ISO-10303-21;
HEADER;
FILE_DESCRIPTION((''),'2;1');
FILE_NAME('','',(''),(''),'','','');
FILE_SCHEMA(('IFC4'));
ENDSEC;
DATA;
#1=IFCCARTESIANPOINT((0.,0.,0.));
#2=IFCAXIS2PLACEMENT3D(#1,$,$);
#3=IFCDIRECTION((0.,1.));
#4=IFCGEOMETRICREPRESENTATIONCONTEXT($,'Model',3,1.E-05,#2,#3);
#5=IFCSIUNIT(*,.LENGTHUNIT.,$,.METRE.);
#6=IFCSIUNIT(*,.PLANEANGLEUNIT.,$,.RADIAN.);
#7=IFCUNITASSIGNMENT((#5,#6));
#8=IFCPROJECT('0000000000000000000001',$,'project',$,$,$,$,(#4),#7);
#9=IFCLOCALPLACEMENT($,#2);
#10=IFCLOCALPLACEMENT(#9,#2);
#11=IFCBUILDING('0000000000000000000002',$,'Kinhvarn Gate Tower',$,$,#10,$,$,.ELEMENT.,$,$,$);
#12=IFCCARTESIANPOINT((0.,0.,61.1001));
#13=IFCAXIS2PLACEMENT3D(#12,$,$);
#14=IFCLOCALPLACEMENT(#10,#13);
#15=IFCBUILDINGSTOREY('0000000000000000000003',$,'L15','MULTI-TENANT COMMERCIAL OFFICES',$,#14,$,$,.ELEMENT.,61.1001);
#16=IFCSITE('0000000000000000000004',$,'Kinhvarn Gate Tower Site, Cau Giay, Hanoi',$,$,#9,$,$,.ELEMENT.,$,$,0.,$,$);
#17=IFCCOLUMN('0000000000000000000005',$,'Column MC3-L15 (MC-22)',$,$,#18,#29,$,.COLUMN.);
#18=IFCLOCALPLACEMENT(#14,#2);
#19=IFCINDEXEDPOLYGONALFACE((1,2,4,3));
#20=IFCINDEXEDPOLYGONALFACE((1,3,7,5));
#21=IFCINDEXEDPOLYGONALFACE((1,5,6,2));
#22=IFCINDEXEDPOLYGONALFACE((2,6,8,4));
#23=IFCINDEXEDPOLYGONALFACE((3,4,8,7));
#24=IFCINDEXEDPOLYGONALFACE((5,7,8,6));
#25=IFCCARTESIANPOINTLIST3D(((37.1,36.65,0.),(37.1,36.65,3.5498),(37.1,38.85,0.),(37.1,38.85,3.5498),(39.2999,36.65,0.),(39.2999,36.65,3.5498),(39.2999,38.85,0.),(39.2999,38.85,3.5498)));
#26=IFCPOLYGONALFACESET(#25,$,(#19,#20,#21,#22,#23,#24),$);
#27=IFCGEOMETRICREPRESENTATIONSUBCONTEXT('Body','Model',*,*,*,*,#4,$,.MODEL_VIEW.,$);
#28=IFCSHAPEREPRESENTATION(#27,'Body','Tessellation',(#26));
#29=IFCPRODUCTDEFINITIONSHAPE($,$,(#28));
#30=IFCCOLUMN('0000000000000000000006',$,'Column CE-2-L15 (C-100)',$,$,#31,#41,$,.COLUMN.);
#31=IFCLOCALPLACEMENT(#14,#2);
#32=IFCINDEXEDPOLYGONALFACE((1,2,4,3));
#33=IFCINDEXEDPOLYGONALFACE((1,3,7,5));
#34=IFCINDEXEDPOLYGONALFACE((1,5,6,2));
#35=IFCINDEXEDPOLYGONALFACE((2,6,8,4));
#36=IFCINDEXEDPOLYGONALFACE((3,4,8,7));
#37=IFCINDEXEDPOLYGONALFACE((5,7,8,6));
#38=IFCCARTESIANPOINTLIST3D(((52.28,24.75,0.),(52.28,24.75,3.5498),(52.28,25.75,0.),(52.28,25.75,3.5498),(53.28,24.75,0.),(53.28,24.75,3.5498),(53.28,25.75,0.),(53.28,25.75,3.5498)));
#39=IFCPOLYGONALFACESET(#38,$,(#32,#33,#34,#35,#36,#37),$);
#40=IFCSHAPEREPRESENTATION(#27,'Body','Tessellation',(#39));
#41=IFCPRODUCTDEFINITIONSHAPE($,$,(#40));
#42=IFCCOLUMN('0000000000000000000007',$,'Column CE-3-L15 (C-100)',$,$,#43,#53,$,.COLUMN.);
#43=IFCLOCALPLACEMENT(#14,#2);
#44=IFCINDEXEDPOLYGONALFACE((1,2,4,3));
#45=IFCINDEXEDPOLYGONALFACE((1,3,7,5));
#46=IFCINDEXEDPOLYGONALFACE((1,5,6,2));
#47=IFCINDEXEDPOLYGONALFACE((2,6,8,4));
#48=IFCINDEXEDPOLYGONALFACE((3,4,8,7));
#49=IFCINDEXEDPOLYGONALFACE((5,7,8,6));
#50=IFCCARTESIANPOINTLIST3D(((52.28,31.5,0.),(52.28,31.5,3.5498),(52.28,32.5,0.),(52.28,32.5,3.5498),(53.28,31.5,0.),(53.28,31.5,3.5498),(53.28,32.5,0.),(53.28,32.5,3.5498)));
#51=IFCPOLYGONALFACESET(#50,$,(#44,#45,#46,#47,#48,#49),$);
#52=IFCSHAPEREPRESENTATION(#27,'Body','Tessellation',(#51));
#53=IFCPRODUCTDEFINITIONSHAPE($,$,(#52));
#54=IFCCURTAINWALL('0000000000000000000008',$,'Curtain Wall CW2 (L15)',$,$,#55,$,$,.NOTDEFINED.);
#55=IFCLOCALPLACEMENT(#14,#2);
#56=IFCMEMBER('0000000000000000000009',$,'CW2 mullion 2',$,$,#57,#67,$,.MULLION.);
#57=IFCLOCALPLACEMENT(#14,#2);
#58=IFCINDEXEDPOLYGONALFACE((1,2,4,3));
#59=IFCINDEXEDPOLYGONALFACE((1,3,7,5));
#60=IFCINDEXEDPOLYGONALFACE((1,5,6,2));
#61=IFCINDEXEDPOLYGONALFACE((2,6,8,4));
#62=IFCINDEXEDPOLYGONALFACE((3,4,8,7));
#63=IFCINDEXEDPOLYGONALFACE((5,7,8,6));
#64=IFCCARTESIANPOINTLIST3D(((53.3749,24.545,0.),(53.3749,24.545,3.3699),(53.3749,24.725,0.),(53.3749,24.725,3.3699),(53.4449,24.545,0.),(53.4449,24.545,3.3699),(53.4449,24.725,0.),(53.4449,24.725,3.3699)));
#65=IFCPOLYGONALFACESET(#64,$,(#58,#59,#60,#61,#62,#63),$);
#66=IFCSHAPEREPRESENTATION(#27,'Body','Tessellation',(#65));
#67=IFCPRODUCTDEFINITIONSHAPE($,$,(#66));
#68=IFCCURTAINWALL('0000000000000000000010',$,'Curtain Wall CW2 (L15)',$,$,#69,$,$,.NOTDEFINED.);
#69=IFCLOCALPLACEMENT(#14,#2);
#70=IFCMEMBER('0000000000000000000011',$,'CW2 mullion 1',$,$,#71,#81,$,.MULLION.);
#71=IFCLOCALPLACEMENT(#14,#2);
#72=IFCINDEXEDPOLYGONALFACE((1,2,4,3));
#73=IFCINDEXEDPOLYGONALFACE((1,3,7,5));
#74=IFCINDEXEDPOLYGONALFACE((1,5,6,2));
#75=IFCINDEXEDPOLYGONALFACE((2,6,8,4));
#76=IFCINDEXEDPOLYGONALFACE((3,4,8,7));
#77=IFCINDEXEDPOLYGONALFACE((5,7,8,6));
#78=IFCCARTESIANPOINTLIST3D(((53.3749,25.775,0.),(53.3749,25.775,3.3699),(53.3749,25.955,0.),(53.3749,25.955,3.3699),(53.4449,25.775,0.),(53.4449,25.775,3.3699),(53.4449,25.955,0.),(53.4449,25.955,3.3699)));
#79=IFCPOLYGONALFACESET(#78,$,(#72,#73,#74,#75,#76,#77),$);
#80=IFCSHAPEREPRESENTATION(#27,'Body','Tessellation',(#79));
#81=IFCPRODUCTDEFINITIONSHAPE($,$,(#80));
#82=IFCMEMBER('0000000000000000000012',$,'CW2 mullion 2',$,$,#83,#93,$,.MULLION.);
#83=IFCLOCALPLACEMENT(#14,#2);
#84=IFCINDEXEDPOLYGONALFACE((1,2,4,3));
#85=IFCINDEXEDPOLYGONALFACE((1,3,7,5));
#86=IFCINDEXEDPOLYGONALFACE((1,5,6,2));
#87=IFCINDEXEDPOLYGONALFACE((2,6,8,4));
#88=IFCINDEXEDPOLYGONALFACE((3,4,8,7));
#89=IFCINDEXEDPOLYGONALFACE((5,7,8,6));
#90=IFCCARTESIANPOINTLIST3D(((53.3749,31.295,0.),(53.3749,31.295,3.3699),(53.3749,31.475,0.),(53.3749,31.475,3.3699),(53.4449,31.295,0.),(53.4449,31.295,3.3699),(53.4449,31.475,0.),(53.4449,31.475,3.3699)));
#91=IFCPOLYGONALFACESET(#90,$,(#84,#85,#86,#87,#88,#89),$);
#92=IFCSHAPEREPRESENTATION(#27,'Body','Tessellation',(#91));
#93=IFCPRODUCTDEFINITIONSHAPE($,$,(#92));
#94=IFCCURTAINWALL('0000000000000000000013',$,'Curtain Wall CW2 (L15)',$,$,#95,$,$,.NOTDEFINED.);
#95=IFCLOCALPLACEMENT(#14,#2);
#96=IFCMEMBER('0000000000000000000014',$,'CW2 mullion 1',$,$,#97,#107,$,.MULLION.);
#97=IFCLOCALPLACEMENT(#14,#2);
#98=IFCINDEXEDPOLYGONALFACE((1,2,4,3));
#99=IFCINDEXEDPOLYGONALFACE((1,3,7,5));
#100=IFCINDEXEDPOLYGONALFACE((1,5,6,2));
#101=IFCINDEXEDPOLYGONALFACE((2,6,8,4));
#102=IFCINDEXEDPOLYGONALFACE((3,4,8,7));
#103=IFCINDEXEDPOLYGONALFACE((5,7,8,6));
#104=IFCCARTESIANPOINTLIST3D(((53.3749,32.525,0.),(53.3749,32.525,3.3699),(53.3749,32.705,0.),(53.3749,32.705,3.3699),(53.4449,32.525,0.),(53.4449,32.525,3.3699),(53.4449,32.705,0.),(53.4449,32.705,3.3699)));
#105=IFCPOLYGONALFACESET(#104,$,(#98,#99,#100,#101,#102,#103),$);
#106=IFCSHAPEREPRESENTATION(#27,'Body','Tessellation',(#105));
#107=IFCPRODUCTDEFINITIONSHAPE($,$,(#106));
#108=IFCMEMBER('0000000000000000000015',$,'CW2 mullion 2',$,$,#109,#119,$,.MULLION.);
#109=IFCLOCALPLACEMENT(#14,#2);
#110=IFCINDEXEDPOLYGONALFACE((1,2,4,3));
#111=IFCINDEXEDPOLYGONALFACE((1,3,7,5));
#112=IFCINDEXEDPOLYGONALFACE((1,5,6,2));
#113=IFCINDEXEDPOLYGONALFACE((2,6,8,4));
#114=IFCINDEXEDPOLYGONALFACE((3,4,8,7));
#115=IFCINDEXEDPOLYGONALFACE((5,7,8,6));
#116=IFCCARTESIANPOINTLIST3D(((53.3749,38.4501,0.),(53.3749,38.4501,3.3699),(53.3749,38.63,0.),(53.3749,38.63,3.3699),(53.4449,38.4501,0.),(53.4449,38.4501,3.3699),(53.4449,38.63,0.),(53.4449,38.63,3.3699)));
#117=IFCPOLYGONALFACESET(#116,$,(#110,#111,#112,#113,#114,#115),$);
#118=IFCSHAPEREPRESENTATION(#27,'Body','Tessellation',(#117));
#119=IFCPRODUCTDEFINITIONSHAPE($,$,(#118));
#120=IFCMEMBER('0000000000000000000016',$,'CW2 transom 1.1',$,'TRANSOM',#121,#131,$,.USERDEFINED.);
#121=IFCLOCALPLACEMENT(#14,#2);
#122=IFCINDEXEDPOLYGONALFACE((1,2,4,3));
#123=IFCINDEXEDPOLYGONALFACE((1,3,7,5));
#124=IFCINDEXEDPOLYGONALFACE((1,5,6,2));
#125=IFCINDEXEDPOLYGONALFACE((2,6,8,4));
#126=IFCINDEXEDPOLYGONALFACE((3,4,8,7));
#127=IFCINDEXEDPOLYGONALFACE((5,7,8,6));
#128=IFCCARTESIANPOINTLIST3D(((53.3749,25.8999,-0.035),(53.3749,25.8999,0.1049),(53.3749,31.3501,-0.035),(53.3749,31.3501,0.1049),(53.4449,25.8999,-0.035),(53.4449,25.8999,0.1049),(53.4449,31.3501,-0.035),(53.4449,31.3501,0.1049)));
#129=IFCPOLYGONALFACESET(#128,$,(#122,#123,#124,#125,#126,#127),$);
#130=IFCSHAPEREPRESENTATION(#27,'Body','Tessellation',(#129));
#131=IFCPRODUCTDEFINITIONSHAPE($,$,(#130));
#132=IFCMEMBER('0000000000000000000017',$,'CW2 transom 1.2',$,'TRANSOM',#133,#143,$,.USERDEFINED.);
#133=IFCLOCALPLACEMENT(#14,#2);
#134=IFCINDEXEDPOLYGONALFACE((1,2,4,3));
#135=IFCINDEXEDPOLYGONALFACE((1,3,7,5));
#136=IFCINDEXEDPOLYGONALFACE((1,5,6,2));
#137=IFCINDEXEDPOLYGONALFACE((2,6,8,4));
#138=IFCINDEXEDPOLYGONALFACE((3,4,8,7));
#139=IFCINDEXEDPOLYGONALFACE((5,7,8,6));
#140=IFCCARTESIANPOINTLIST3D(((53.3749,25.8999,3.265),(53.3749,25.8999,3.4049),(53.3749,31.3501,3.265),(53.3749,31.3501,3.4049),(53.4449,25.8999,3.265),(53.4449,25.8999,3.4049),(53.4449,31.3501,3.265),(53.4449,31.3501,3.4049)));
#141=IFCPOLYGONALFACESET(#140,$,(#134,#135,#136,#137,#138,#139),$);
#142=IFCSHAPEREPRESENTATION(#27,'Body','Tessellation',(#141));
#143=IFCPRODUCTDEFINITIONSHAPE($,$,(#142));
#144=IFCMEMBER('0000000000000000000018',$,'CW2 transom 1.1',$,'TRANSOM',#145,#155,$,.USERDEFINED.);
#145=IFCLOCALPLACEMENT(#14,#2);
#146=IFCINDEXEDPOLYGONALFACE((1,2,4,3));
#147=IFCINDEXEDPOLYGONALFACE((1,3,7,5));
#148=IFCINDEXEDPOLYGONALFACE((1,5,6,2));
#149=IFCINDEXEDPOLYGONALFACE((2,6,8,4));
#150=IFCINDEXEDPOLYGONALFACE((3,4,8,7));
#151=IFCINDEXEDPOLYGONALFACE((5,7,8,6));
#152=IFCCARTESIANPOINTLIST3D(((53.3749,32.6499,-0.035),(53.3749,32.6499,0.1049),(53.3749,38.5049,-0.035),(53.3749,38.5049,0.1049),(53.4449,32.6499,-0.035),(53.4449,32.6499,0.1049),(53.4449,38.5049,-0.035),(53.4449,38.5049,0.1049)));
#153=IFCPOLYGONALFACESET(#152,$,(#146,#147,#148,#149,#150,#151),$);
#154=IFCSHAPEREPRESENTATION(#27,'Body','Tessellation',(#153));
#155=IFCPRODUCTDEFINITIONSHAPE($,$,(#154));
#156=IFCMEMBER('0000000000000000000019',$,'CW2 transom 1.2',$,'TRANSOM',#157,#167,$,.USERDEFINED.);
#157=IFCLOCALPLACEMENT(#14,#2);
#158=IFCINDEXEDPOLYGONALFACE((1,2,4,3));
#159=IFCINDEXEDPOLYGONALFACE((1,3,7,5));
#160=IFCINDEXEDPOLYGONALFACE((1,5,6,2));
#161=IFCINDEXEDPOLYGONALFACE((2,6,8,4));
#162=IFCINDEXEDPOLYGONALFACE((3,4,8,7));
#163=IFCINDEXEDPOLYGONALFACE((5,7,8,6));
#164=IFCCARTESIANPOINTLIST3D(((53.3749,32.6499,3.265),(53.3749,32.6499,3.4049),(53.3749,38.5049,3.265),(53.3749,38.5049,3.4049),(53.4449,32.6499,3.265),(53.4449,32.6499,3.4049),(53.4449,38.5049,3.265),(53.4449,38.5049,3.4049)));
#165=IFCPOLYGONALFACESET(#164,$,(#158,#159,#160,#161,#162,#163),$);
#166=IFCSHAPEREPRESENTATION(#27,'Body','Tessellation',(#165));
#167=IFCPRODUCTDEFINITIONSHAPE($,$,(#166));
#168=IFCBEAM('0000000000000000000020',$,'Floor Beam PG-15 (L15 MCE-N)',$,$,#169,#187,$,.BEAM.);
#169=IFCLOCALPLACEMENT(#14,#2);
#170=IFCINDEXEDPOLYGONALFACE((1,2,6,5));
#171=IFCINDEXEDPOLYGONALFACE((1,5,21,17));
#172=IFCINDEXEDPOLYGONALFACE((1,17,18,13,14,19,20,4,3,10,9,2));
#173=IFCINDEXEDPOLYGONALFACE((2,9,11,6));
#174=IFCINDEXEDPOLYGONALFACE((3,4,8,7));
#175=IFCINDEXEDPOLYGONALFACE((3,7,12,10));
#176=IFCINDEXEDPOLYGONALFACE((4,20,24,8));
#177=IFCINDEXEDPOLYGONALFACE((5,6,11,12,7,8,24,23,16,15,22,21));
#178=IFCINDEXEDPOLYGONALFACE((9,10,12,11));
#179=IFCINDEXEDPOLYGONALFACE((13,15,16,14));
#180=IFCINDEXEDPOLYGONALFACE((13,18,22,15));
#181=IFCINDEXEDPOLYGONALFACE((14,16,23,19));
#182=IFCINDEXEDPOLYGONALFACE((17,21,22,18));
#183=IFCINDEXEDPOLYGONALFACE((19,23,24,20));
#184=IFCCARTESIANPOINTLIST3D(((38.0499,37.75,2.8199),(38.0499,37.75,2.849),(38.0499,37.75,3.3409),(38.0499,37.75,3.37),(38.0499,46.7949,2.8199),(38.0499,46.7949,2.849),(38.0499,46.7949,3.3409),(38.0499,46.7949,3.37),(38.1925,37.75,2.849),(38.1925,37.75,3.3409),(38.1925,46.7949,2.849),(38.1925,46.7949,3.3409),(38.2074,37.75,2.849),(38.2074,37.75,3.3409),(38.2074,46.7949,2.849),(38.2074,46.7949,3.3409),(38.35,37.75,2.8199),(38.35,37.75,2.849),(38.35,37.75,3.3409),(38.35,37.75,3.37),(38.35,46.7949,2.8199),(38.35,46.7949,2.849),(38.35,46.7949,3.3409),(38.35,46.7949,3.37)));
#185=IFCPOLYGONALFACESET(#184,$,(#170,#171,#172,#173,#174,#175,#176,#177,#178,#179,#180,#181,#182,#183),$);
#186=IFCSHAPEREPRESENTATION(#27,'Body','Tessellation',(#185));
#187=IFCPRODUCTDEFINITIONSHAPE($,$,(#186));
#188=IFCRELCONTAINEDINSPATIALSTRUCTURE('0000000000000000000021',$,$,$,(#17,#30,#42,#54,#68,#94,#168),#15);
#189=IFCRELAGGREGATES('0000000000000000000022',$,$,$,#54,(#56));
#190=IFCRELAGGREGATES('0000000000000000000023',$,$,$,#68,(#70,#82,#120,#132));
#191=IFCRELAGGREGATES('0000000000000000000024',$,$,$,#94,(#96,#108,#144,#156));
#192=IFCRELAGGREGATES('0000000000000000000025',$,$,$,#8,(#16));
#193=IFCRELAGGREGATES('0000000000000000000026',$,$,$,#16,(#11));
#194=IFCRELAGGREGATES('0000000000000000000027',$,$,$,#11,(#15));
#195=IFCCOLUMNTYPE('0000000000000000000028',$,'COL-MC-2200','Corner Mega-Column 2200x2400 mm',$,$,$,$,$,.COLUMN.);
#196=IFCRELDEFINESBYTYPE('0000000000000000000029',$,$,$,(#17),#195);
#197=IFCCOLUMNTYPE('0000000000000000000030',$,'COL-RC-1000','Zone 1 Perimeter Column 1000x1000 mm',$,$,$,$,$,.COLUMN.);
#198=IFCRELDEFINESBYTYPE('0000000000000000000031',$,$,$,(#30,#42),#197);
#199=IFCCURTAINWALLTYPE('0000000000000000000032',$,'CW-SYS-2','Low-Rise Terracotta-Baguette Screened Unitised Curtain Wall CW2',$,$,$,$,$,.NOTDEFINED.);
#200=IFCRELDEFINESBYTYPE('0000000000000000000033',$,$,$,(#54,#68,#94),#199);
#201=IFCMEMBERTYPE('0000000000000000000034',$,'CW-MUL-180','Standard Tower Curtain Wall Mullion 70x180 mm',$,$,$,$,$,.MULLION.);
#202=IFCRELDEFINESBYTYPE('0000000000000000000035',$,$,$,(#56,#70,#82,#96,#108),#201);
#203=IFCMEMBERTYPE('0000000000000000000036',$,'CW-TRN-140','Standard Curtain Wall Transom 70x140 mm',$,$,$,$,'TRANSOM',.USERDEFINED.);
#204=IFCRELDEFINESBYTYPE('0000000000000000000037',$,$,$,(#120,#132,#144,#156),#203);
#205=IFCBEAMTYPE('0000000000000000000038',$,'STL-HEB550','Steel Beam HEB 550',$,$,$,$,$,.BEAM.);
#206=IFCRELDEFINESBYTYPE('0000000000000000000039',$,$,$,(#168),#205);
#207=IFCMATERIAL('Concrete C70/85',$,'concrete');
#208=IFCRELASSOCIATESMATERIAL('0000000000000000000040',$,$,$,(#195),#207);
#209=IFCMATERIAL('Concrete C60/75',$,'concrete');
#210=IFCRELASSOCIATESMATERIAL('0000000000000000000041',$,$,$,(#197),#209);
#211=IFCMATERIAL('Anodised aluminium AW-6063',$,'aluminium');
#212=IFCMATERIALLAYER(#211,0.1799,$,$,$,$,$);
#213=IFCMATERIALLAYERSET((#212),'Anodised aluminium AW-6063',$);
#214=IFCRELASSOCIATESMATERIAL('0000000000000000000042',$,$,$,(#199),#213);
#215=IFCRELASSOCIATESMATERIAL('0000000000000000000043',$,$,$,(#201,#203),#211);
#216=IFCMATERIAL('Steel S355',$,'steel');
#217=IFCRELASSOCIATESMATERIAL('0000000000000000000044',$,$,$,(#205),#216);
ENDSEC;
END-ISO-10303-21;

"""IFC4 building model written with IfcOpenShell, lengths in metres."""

from ifc_helpers import new_model, si_unit, direction, frame, origin, origin_2d, place, context, subcontext, project, spatial, rectangle, i_section, extrude, material, layer, layer_set, material_profile, profile_set, type_object, element, aggregate, save


model = new_model("IFC4")

# Units and contexts
model_context = context("Model", 3, precision=1e-05, world=origin(), true_north=direction((0.0, 1.0)))
body_context = subcontext(model_context, "Body", "Model", "MODEL_VIEW")
ifc_project = project(units=[si_unit("LENGTHUNIT", "METRE"), si_unit("PLANEANGLEUNIT", "RADIAN")], contexts=[model_context])

# Site, building, storey
site_placement = place(None, origin())
site = spatial("IfcSite", under=ifc_project, at=site_placement, Name="Kinhvarn Gate Tower Site, Cau Giay, Hanoi", CompositionType="ELEMENT", RefElevation=0.0)
building_placement = place(site_placement, origin())
building = spatial("IfcBuilding", under=site, at=building_placement, Name="Kinhvarn Gate Tower", CompositionType="ELEMENT")
storey_placement = place(building_placement, frame((0.0, 0.0, 61.1001)))
storey = spatial("IfcBuildingStorey", under=building, at=storey_placement, Name="L15", Description="MULTI-TENANT COMMERCIAL OFFICES", CompositionType="ELEMENT", Elevation=61.1001)

# Columns
ifc_material_1 = material(Name="Concrete C70/85", Category="concrete")
ifc_material_profile_1 = material_profile(ifc_material_1, rectangle(XDim=2.2, YDim=2.2, at=origin_2d()), Name="RC 2200x2200")
ifc_profile_set_1 = profile_set([ifc_material_profile_1], Name="Concrete C70/85")
column_type_1 = type_object("IfcColumnType", Name="COL-MC-2200", Description="Corner Mega-Column 2200x2400 mm", PredefinedType="COLUMN", material=ifc_profile_set_1)
column_placement = place(storey_placement, frame((38.2, 37.75, 0.0), z_axis=(0.0, 0.0, 1.0), x_axis=(1.0, 0.0, 0.0)))
element("IfcColumn", 1, at=column_placement, inside=storey, type_object=column_type_1, Name="Column MC3-L15 (MC-22)", PredefinedType="COLUMN", context=body_context, shape_type="SweptSolid", body=[
    extrude(rectangle(XDim=2.2, YDim=2.2, at=origin_2d()), origin(), (0.0, 0.0, 1.0), 3.5498),
])
ifc_material_2 = material(Name="Concrete C60/75", Category="concrete")
ifc_material_profile_2 = material_profile(ifc_material_2, rectangle(XDim=1.0, YDim=1.0, at=origin_2d()), Name="RC 1000x1000")
ifc_profile_set_2 = profile_set([ifc_material_profile_2], Name="Concrete C60/75")
column_type_2 = type_object("IfcColumnType", Name="COL-RC-1000", Description="Zone 1 Perimeter Column 1000x1000 mm", PredefinedType="COLUMN", material=ifc_profile_set_2)
for number, where, z_axis, x_axis, name in (
    (2, (52.78, 25.25, 0.0), (0.0, 0.0, 1.0), (1.0, 0.0, 0.0), "Column CE-2-L15 (C-100)"),
    (3, (52.78, 32.0, 0.0), (0.0, 0.0, 1.0), (1.0, 0.0, 0.0), "Column CE-3-L15 (C-100)"),
):
    element("IfcColumn", number, at=place(storey_placement, frame(where, z_axis=z_axis, x_axis=x_axis)), inside=storey, type_object=column_type_2, Name=name, PredefinedType="COLUMN", context=body_context, shape_type="SweptSolid", body=[
        extrude(rectangle(XDim=1.0, YDim=1.0, at=origin_2d()), origin(), (0.0, 0.0, 1.0), 3.5498),
    ])

# Curtain wall, member
ifc_material_3 = material(Name="Anodised aluminium AW-6063", Category="aluminium")
ifc_layer_1 = layer(ifc_material_3, 0.1799)
ifc_layer_set_1 = layer_set([ifc_layer_1], Name="Anodised aluminium AW-6063")
curtain_wall_type = type_object("IfcCurtainWallType", Name="CW-SYS-2", Description="Low-Rise Terracotta-Baguette Screened Unitised Curtain Wall CW2", PredefinedType="NOTDEFINED", material=ifc_layer_set_1)
curtain_wall_1_placement = place(storey_placement, origin())
curtain_wall_1 = element("IfcCurtainWall", 4, at=curtain_wall_1_placement, inside=storey, type_object=curtain_wall_type, Name="Curtain Wall CW2 (L15)", PredefinedType="NOTDEFINED")
ifc_material_profile_3 = material_profile(ifc_material_3, rectangle(XDim=0.0701, YDim=0.1799, at=origin_2d()), Name="ALU 70x180")
ifc_profile_set_3 = profile_set([ifc_material_profile_3], Name="Anodised aluminium AW-6063")
member_type_1 = type_object("IfcMemberType", Name="CW-MUL-180", Description="Standard Tower Curtain Wall Mullion 70x180 mm", PredefinedType="MULLION", material=ifc_profile_set_3)
member_1_placement = place(storey_placement, frame((53.4099, 24.635, 0.0), z_axis=(0.0, 0.0, 1.0), x_axis=(-1.0, 0.0, 0.0)))
member_1 = element("IfcMember", 5, at=member_1_placement, type_object=member_type_1, Name="CW2 mullion 2", PredefinedType="MULLION", context=body_context, shape_type="SweptSolid", body=[
    extrude(rectangle(XDim=0.0701, YDim=0.1799, at=origin_2d()), origin(), (0.0, 0.0, 1.0), 3.3699),
])
aggregate(curtain_wall_1, [member_1])

# Curtain walls, members
curtain_wall_2_placement = place(storey_placement, origin())
curtain_wall_2 = element("IfcCurtainWall", 6, at=curtain_wall_2_placement, inside=storey, type_object=curtain_wall_type, Name="Curtain Wall CW2 (L15)", PredefinedType="NOTDEFINED")
member_2_placement = place(storey_placement, frame((53.4099, 25.865, 0.0), z_axis=(0.0, 0.0, 1.0), x_axis=(-1.0, 0.0, 0.0)))
member_2 = element("IfcMember", 7, at=member_2_placement, type_object=member_type_1, Name="CW2 mullion 1", PredefinedType="MULLION", context=body_context, shape_type="SweptSolid", body=[
    extrude(rectangle(XDim=0.0701, YDim=0.1799, at=origin_2d()), origin(), (0.0, 0.0, 1.0), 3.3699),
])
member_3_placement = place(storey_placement, frame((53.4099, 31.385, 0.0), z_axis=(0.0, 0.0, 1.0), x_axis=(-1.0, 0.0, 0.0)))
member_3 = element("IfcMember", 8, at=member_3_placement, type_object=member_type_1, Name="CW2 mullion 2", PredefinedType="MULLION", context=body_context, shape_type="SweptSolid", body=[
    extrude(rectangle(XDim=0.0701, YDim=0.1799, at=origin_2d()), origin(), (0.0, 0.0, 1.0), 3.3699),
])
curtain_wall_3_placement = place(storey_placement, origin())
curtain_wall_3 = element("IfcCurtainWall", 9, at=curtain_wall_3_placement, inside=storey, type_object=curtain_wall_type, Name="Curtain Wall CW2 (L15)", PredefinedType="NOTDEFINED")
member_4_placement = place(storey_placement, frame((53.4099, 32.615, 0.0), z_axis=(0.0, 0.0, 1.0), x_axis=(-1.0, 0.0, 0.0)))
member_4 = element("IfcMember", 10, at=member_4_placement, type_object=member_type_1, Name="CW2 mullion 1", PredefinedType="MULLION", context=body_context, shape_type="SweptSolid", body=[
    extrude(rectangle(XDim=0.0701, YDim=0.1799, at=origin_2d()), origin(), (0.0, 0.0, 1.0), 3.3699),
])
member_5_placement = place(storey_placement, frame((53.4099, 38.54, 0.0), z_axis=(0.0, 0.0, 1.0), x_axis=(-1.0, 0.0, 0.0)))
member_5 = element("IfcMember", 11, at=member_5_placement, type_object=member_type_1, Name="CW2 mullion 2", PredefinedType="MULLION", context=body_context, shape_type="SweptSolid", body=[
    extrude(rectangle(XDim=0.0701, YDim=0.1799, at=origin_2d()), origin(), (0.0, 0.0, 1.0), 3.3699),
])

# Members
ifc_material_profile_4 = material_profile(ifc_material_3, rectangle(XDim=0.0701, YDim=0.1399, at=origin_2d()), Name="ALU 70x140")
ifc_profile_set_4 = profile_set([ifc_material_profile_4], Name="Anodised aluminium AW-6063")
member_type_2 = type_object("IfcMemberType", Name="CW-TRN-140", Description="Standard Curtain Wall Transom 70x140 mm", ElementType="TRANSOM", PredefinedType="USERDEFINED", material=ifc_profile_set_4)
member_6_placement = place(storey_placement, frame((53.4099, 25.8999, 0.0349), z_axis=(0.0, 1.0, 0.0), x_axis=(-1.0, 0.0, 0.0)))
member_6 = element("IfcMember", 12, at=member_6_placement, type_object=member_type_2, Name="CW2 transom 1.1", ObjectType="TRANSOM", PredefinedType="USERDEFINED", context=body_context, shape_type="SweptSolid", body=[
    extrude(rectangle(XDim=0.0701, YDim=0.1399, at=origin_2d()), origin(), (0.0, 0.0, 1.0), 5.4502),
])
member_7_placement = place(storey_placement, frame((53.4099, 25.8999, 3.335), z_axis=(0.0, 1.0, 0.0), x_axis=(-1.0, 0.0, 0.0)))
member_7 = element("IfcMember", 13, at=member_7_placement, type_object=member_type_2, Name="CW2 transom 1.2", ObjectType="TRANSOM", PredefinedType="USERDEFINED", context=body_context, shape_type="SweptSolid", body=[
    extrude(rectangle(XDim=0.0701, YDim=0.1399, at=origin_2d()), origin(), (0.0, 0.0, 1.0), 5.4502),
])
member_8_placement = place(storey_placement, frame((53.4099, 32.6499, 0.0349), z_axis=(0.0, 1.0, 0.0), x_axis=(-1.0, 0.0, 0.0)))
member_8 = element("IfcMember", 14, at=member_8_placement, type_object=member_type_2, Name="CW2 transom 1.1", ObjectType="TRANSOM", PredefinedType="USERDEFINED", context=body_context, shape_type="SweptSolid", body=[
    extrude(rectangle(XDim=0.0701, YDim=0.1399, at=origin_2d()), origin(), (0.0, 0.0, 1.0), 5.855),
])
member_9_placement = place(storey_placement, frame((53.4099, 32.6499, 3.335), z_axis=(0.0, 1.0, 0.0), x_axis=(-1.0, 0.0, 0.0)))
member_9 = element("IfcMember", 15, at=member_9_placement, type_object=member_type_2, Name="CW2 transom 1.2", ObjectType="TRANSOM", PredefinedType="USERDEFINED", context=body_context, shape_type="SweptSolid", body=[
    extrude(rectangle(XDim=0.0701, YDim=0.1399, at=origin_2d()), origin(), (0.0, 0.0, 1.0), 5.855),
])

# Beam
ifc_material_4 = material(Name="Steel S355", Category="steel")
ifc_material_profile_5 = material_profile(ifc_material_4, i_section(OverallWidth=0.3, OverallDepth=0.55, WebThickness=0.0149, FlangeThickness=0.0291, at=origin_2d()), Name="HEB 550")
ifc_profile_set_5 = profile_set([ifc_material_profile_5], Name="Steel S355")
beam_type_1 = type_object("IfcBeamType", Name="STL-HEB550", Description="Steel Beam HEB 550", PredefinedType="BEAM", material=ifc_profile_set_5)
beam_1_placement = place(storey_placement, frame((38.2, 37.75, 3.095), z_axis=(0.0, 1.0, 0.0), x_axis=(-1.0, 0.0, 0.0)))
element("IfcBeam", 16, at=beam_1_placement, inside=storey, type_object=beam_type_1, Name="Floor Beam PG-15 (L15 MCE-N)", PredefinedType="BEAM", context=body_context, shape_type="SweptSolid", body=[
    extrude(i_section(OverallWidth=0.3, OverallDepth=0.55, WebThickness=0.0149, FlangeThickness=0.0291, at=origin_2d()), origin(), (0.0, 0.0, 1.0), 9.0449),
])

aggregate(curtain_wall_2, [member_2, member_3, member_6, member_7])
aggregate(curtain_wall_3, [member_4, member_5, member_8, member_9])

save(model, "model.ifc")
